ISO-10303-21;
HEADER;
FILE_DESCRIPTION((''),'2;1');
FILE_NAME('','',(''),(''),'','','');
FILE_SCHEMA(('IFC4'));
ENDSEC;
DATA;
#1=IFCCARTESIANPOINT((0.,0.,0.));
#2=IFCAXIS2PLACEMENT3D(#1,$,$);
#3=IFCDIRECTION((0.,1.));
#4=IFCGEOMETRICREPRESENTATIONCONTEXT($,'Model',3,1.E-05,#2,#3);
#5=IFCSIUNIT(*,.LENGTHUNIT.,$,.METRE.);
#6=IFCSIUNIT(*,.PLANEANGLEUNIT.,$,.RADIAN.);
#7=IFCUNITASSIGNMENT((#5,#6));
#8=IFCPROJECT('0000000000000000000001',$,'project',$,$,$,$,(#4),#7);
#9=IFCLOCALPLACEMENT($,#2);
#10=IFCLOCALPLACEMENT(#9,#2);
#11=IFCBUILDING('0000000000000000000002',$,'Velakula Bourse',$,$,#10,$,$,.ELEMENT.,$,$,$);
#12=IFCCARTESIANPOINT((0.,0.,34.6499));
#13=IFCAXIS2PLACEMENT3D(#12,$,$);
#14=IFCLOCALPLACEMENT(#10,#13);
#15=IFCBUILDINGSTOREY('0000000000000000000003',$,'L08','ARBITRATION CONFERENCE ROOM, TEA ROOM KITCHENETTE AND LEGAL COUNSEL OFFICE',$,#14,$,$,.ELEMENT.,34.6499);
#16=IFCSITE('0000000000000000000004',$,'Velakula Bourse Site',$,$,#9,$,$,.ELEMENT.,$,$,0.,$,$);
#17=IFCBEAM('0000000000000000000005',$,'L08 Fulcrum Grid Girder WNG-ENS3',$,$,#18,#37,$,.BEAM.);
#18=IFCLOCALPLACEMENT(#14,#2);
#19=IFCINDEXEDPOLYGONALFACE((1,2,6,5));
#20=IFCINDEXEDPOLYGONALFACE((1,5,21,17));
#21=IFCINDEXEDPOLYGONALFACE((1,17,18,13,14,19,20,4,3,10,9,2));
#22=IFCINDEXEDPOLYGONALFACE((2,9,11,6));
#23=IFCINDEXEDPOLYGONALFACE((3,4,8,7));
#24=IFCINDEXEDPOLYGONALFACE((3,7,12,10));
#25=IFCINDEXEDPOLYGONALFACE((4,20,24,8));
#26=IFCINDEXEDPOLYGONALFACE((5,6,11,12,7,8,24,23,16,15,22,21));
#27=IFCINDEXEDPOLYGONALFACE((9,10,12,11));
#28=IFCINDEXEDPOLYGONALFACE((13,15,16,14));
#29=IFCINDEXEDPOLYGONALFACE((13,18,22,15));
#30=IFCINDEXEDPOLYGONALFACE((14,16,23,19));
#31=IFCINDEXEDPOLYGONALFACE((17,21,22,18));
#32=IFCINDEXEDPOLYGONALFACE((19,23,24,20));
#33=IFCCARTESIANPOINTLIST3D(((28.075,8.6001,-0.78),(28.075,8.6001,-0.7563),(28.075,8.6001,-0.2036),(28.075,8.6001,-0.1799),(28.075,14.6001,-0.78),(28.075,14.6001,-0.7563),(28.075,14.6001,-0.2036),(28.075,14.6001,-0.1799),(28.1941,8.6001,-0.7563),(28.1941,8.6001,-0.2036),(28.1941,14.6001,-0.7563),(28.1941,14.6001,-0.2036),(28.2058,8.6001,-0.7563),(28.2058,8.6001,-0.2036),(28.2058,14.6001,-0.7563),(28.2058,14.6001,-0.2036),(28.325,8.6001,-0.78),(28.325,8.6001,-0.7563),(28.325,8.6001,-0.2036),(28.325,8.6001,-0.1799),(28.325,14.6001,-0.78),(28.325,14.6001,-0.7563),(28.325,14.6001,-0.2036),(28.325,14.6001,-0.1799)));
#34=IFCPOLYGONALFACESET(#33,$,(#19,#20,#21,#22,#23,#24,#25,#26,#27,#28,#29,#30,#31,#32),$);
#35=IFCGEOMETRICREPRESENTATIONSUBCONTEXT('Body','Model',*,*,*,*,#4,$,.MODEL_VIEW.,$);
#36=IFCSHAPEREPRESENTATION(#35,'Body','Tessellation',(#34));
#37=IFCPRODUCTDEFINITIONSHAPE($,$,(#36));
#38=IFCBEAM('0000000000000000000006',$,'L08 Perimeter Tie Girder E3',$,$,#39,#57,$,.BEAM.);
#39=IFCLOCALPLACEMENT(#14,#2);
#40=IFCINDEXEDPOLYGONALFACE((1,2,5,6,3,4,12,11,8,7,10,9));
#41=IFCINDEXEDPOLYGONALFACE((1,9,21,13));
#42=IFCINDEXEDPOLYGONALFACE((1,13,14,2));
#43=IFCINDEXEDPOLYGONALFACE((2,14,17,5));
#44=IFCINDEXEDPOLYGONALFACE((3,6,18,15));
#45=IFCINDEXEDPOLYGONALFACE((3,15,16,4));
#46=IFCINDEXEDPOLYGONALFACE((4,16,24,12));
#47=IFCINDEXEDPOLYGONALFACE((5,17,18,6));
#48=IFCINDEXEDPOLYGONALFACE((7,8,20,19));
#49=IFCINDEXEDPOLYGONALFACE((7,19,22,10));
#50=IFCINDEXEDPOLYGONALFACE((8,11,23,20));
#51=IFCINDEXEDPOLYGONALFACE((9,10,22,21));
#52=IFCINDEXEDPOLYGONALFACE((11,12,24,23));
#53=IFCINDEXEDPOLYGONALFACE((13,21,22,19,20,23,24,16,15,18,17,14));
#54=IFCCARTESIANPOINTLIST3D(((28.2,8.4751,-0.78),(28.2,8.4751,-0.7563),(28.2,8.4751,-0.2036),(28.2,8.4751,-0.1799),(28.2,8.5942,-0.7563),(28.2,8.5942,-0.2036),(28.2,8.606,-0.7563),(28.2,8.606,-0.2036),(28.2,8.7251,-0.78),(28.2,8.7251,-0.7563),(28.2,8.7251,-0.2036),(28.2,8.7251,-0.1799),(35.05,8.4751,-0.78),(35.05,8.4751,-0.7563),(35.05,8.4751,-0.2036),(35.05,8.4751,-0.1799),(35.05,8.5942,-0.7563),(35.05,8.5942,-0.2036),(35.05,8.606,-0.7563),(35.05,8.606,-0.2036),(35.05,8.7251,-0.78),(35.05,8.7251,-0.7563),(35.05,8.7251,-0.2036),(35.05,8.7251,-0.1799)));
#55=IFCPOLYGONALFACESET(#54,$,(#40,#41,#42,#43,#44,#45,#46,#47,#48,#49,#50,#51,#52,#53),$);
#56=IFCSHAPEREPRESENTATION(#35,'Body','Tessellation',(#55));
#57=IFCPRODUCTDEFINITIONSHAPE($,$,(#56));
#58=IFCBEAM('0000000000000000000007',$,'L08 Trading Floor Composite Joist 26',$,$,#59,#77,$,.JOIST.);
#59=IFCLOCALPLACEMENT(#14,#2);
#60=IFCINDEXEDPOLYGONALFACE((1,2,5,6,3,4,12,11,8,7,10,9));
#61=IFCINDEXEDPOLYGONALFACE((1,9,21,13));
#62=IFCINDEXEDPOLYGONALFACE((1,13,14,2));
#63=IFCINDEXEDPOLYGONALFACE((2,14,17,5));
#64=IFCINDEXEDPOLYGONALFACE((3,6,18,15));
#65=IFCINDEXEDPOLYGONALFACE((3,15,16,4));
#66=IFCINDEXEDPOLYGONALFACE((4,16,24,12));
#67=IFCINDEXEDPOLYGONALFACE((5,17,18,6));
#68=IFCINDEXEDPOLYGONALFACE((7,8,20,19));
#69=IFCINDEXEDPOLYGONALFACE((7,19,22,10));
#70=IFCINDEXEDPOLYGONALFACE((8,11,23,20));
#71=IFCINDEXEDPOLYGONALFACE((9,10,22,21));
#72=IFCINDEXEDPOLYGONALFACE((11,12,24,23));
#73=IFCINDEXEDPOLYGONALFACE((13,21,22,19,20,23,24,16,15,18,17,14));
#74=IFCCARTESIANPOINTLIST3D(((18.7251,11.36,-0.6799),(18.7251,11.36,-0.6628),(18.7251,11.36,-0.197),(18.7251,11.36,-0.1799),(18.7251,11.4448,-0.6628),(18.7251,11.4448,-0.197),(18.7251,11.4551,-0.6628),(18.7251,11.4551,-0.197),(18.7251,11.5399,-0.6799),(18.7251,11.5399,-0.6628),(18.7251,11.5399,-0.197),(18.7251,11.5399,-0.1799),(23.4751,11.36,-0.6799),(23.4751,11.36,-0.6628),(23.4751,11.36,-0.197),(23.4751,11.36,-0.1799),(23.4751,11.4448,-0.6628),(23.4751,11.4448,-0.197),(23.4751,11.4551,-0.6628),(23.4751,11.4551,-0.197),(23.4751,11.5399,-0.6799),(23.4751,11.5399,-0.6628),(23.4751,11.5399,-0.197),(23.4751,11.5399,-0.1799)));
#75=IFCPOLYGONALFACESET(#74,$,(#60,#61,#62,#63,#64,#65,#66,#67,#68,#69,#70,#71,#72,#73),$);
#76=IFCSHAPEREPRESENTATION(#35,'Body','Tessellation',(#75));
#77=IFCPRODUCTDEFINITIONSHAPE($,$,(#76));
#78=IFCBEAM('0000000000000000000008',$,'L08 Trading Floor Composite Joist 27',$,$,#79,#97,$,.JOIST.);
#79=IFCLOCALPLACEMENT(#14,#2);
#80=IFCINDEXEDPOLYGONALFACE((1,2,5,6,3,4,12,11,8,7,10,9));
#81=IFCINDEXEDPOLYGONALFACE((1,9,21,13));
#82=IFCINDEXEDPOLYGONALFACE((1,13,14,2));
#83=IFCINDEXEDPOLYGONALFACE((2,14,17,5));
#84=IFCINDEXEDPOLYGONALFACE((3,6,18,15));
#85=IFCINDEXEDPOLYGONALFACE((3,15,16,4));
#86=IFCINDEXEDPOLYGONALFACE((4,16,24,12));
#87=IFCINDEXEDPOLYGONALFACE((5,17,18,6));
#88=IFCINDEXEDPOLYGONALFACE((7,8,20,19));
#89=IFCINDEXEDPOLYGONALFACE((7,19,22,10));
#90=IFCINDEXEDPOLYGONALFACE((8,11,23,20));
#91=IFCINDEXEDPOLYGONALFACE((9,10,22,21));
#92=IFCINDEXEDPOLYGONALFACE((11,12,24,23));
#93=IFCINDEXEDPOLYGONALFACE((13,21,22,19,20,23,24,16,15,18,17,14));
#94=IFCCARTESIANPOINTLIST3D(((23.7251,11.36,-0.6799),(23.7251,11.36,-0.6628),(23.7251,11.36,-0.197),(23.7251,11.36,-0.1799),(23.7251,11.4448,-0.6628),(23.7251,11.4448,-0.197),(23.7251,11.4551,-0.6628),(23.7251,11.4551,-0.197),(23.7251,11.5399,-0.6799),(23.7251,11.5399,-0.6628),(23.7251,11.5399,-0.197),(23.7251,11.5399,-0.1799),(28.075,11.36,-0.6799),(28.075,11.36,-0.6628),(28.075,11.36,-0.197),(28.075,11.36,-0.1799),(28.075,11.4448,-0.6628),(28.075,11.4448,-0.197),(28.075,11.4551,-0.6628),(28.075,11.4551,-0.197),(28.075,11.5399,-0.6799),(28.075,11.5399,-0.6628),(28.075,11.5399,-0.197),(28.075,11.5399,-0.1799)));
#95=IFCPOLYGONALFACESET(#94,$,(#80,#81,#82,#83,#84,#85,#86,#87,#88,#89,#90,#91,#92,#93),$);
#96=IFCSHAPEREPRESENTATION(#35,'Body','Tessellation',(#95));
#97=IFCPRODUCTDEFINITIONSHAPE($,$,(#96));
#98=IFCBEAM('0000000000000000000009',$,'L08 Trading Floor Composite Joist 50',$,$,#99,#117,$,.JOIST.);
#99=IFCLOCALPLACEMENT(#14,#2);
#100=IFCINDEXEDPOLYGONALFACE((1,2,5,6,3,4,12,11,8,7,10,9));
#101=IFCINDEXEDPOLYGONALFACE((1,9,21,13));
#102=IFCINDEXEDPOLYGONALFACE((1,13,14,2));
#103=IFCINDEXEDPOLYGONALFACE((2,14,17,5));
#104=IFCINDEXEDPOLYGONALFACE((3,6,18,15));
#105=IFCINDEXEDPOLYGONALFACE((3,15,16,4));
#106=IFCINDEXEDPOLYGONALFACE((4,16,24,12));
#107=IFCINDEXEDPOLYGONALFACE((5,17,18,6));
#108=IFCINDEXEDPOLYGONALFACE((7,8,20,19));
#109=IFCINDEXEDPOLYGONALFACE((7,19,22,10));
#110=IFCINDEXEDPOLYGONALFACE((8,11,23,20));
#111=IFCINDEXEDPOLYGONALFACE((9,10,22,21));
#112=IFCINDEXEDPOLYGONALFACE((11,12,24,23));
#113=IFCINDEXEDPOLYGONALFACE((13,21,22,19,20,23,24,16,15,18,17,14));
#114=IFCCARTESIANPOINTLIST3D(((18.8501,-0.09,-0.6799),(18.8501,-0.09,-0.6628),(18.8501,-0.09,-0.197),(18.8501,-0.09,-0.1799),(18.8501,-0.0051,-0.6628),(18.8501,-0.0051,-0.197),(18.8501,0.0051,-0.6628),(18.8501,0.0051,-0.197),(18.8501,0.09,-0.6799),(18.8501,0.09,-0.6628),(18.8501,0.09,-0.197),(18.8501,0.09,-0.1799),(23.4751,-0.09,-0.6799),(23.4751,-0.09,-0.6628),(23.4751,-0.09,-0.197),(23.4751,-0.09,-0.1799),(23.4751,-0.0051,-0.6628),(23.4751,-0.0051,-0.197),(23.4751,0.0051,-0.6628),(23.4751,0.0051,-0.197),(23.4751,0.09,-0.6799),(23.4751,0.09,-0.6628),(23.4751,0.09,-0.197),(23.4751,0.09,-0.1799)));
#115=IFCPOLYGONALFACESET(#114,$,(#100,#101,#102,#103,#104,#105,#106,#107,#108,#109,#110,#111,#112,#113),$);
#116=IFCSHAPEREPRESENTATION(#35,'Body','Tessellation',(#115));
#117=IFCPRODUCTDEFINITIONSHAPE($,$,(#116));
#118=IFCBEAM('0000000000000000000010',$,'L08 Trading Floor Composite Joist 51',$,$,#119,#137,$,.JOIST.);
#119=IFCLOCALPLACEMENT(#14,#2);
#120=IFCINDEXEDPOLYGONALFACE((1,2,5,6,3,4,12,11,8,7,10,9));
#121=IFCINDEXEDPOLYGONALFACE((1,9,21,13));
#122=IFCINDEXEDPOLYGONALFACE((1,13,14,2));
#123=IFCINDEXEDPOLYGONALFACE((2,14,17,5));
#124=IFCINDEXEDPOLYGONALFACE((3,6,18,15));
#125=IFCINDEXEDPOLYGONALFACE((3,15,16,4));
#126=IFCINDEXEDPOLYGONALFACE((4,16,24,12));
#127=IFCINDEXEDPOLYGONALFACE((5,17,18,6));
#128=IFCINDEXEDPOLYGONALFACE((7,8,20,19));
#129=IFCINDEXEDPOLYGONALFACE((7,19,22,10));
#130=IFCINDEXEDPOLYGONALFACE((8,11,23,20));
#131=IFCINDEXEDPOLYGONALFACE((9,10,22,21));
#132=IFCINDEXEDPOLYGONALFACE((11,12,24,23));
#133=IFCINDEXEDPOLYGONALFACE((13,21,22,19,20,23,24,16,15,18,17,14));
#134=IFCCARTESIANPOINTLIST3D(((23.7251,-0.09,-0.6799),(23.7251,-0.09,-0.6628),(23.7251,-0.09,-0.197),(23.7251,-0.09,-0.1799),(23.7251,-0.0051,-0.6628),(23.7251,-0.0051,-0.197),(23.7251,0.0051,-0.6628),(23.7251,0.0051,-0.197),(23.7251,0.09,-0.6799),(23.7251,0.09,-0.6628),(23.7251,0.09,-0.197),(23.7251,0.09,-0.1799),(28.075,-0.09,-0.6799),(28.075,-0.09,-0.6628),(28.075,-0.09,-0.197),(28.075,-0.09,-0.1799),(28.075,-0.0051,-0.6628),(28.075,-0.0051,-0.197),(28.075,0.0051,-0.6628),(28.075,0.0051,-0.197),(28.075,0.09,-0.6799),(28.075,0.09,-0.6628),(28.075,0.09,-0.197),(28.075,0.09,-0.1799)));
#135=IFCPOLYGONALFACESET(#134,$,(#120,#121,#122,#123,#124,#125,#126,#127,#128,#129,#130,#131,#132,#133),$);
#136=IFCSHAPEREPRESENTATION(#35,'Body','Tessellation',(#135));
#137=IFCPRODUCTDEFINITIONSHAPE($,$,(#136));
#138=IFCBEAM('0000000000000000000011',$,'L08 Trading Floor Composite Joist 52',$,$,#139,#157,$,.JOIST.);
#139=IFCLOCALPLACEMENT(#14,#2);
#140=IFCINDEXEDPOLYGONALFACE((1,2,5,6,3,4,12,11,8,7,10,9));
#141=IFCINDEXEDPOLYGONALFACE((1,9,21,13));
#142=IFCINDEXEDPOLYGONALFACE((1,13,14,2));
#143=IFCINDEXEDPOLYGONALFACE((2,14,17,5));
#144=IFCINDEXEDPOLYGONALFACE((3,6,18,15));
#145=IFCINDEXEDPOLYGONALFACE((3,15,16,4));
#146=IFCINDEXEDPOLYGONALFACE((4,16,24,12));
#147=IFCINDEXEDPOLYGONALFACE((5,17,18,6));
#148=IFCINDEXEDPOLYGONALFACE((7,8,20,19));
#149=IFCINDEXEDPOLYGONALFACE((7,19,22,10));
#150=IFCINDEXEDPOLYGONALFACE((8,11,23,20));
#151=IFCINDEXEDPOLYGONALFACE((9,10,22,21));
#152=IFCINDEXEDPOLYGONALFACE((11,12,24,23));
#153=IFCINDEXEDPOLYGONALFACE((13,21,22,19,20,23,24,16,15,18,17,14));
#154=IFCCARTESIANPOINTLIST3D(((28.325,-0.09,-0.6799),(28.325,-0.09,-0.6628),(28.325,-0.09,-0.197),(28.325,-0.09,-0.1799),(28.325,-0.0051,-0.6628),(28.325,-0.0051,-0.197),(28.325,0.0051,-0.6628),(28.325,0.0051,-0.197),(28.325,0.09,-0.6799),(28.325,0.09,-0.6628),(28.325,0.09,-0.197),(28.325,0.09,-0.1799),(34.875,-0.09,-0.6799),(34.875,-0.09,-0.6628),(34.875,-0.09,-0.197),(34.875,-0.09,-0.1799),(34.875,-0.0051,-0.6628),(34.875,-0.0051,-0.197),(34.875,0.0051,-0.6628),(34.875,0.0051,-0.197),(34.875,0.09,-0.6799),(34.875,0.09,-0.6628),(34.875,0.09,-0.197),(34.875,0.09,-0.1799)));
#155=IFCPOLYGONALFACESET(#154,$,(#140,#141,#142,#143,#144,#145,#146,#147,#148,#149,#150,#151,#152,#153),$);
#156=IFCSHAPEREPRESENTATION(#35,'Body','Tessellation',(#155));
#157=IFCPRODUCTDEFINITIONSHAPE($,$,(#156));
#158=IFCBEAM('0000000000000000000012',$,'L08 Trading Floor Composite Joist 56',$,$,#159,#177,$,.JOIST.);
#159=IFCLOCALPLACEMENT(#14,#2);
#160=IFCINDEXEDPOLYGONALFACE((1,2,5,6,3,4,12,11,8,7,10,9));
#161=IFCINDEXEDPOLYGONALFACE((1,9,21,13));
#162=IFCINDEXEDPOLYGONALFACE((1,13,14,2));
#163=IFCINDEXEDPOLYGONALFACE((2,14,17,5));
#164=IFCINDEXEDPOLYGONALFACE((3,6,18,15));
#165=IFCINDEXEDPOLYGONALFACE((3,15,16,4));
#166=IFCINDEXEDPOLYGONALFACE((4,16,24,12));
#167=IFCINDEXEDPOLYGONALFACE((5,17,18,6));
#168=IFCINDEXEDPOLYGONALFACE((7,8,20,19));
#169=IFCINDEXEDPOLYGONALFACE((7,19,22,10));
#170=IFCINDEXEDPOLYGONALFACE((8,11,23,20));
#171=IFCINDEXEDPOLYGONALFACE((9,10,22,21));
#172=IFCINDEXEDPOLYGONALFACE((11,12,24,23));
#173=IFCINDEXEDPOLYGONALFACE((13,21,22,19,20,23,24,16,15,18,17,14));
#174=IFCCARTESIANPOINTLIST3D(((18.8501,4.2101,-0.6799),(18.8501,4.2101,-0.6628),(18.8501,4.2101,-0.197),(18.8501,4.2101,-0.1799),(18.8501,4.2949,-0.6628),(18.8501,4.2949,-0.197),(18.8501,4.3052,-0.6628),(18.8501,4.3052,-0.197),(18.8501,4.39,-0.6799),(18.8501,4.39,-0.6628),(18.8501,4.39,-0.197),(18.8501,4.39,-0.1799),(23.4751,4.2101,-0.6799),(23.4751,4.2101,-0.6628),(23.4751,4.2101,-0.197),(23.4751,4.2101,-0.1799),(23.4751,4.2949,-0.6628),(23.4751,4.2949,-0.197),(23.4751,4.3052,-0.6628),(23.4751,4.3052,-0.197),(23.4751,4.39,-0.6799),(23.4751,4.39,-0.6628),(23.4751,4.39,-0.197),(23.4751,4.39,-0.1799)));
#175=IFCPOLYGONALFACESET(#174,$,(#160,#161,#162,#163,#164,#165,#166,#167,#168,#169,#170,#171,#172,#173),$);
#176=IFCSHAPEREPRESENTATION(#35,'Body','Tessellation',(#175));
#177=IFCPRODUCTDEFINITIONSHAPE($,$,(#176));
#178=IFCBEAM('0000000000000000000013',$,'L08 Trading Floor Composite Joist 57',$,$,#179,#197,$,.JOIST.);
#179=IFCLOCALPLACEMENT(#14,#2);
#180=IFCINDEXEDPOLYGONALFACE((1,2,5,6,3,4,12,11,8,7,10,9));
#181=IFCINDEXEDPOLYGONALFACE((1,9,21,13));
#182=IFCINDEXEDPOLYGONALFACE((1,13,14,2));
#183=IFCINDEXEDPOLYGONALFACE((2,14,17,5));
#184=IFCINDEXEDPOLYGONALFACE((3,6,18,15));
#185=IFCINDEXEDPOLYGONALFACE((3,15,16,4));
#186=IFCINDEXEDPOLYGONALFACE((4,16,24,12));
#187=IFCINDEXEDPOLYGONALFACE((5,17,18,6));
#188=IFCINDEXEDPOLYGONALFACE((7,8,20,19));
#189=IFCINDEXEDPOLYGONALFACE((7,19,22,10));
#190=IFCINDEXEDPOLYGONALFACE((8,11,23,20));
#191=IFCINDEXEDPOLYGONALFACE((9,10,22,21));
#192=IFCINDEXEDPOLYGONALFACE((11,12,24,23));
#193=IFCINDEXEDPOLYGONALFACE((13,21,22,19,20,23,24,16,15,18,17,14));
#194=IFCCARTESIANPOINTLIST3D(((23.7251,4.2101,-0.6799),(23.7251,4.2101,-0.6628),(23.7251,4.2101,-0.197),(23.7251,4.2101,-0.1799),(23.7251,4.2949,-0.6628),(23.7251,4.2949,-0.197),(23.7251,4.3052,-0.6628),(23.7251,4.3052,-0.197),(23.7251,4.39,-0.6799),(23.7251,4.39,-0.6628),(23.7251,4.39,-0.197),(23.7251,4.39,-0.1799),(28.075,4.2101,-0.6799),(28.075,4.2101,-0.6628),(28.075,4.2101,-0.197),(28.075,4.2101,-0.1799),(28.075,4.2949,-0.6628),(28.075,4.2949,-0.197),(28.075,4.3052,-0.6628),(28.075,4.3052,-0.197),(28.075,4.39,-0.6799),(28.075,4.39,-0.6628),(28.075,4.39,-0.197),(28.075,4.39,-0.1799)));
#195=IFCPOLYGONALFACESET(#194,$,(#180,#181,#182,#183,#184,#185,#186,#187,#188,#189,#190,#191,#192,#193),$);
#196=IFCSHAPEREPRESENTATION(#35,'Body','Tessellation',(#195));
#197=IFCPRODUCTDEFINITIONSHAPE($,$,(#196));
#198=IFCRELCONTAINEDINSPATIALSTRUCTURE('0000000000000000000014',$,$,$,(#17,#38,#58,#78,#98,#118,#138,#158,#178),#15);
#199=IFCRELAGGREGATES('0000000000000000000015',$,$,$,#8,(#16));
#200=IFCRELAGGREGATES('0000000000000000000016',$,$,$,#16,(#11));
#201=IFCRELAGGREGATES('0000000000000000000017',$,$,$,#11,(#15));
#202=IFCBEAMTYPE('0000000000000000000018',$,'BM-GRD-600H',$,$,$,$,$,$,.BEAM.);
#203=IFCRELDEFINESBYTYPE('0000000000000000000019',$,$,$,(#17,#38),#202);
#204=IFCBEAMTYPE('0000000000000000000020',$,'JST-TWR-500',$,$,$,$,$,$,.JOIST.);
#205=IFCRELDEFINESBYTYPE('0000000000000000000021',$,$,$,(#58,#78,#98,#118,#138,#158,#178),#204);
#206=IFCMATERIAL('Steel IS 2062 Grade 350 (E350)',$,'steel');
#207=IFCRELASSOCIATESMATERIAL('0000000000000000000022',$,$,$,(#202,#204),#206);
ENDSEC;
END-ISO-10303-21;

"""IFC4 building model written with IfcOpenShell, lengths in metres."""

from ifc_helpers import new_model, si_unit, direction, frame, origin, origin_2d, place, context, subcontext, project, spatial, i_section, extrude, material, material_profile, profile_set, type_object, element, save


model = new_model("IFC4")

# Units and contexts
model_context = context("Model", 3, precision=1e-05, world=origin(), true_north=direction((0.0, 1.0)))
body_context = subcontext(model_context, "Body", "Model", "MODEL_VIEW")
ifc_project = project(units=[si_unit("LENGTHUNIT", "METRE"), si_unit("PLANEANGLEUNIT", "RADIAN")], contexts=[model_context])

# Site, building, storey
site_placement = place(None, origin())
site = spatial("IfcSite", under=ifc_project, at=site_placement, Name="Velakula Bourse Site", CompositionType="ELEMENT", RefElevation=0.0)
building_placement = place(site_placement, origin())
building = spatial("IfcBuilding", under=site, at=building_placement, Name="Velakula Bourse", CompositionType="ELEMENT")
storey_placement = place(building_placement, frame((0.0, 0.0, 34.6499)))
storey = spatial("IfcBuildingStorey", under=building, at=storey_placement, Name="L08", Description="ARBITRATION CONFERENCE ROOM, TEA ROOM KITCHENETTE AND LEGAL COUNSEL OFFICE", CompositionType="ELEMENT", Elevation=34.6499)

# Beams
ifc_material_1 = material(Name="Steel IS 2062 Grade 350 (E350)", Category="steel")
ifc_material_profile_1 = material_profile(ifc_material_1, i_section(OverallWidth=0.25, OverallDepth=0.6001, WebThickness=0.0117, FlangeThickness=0.0237, at=origin_2d()), Name="Steel IS 2062 Grade 350 (E350)")
ifc_profile_set_1 = profile_set([ifc_material_profile_1], Name="Steel IS 2062 Grade 350 (E350)")
beam_type_1 = type_object("IfcBeamType", Name="BM-GRD-600H", PredefinedType="BEAM", material=ifc_profile_set_1)
beam_1_placement = place(storey_placement, frame((28.2, 8.6001, -0.48), z_axis=(0.0, 1.0, 0.0), x_axis=(-1.0, 0.0, 0.0)))
element("IfcBeam", 1, at=beam_1_placement, inside=storey, type_object=beam_type_1, Name="L08 Fulcrum Grid Girder WNG-ENS3", PredefinedType="BEAM", context=body_context, shape_type="SweptSolid", body=[
    extrude(i_section(OverallWidth=0.25, OverallDepth=0.6001, WebThickness=0.0117, FlangeThickness=0.0237, at=origin_2d()), origin(), (0.0, 0.0, 1.0), 6.0),
])
beam_2_placement = place(storey_placement, frame((28.2, 8.6001, -0.48), z_axis=(1.0, 0.0, 0.0), x_axis=(0.0, 1.0, 0.0)))
element("IfcBeam", 2, at=beam_2_placement, inside=storey, type_object=beam_type_1, Name="L08 Perimeter Tie Girder E3", PredefinedType="BEAM", context=body_context, shape_type="SweptSolid", body=[
    extrude(i_section(OverallWidth=0.25, OverallDepth=0.6001, WebThickness=0.0117, FlangeThickness=0.0237, at=origin_2d()), origin(), (0.0, 0.0, 1.0), 6.8501),
])
ifc_material_profile_2 = material_profile(ifc_material_1, i_section(OverallWidth=0.1799, OverallDepth=0.5, WebThickness=0.0103, FlangeThickness=0.0171, at=origin_2d()), Name="Steel IS 2062 Grade 350 (E350)")
ifc_profile_set_2 = profile_set([ifc_material_profile_2], Name="Steel IS 2062 Grade 350 (E350)")
beam_type_2 = type_object("IfcBeamType", Name="JST-TWR-500", PredefinedType="JOIST", material=ifc_profile_set_2)
beam_3_placement = place(storey_placement, frame((18.7251, 11.45, -0.4299), z_axis=(1.0, 0.0, 0.0), x_axis=(0.0, 1.0, 0.0)))
element("IfcBeam", 3, at=beam_3_placement, inside=storey, type_object=beam_type_2, Name="L08 Trading Floor Composite Joist 26", PredefinedType="JOIST", context=body_context, shape_type="SweptSolid", body=[
    extrude(i_section(OverallWidth=0.1799, OverallDepth=0.5, WebThickness=0.0103, FlangeThickness=0.0171, at=origin_2d()), origin(), (0.0, 0.0, 1.0), 4.75),
])
beam_4_placement = place(storey_placement, frame((23.7251, 11.45, -0.4299), z_axis=(1.0, 0.0, 0.0), x_axis=(0.0, 1.0, 0.0)))
element("IfcBeam", 4, at=beam_4_placement, inside=storey, type_object=beam_type_2, Name="L08 Trading Floor Composite Joist 27", PredefinedType="JOIST", context=body_context, shape_type="SweptSolid", body=[
    extrude(i_section(OverallWidth=0.1799, OverallDepth=0.5, WebThickness=0.0103, FlangeThickness=0.0171, at=origin_2d()), origin(), (0.0, 0.0, 1.0), 4.3499),
])
beam_5_placement = place(storey_placement, frame((18.8501, 0.0, -0.4299), z_axis=(1.0, 0.0, 0.0), x_axis=(0.0, 1.0, 0.0)))
element("IfcBeam", 5, at=beam_5_placement, inside=storey, type_object=beam_type_2, Name="L08 Trading Floor Composite Joist 50", PredefinedType="JOIST", context=body_context, shape_type="SweptSolid", body=[
    extrude(i_section(OverallWidth=0.1799, OverallDepth=0.5, WebThickness=0.0103, FlangeThickness=0.0171, at=origin_2d()), origin(), (0.0, 0.0, 1.0), 4.625),
])
beam_6_placement = place(storey_placement, frame((23.7251, 0.0, -0.4299), z_axis=(1.0, 0.0, 0.0), x_axis=(0.0, 1.0, 0.0)))
element("IfcBeam", 6, at=beam_6_placement, inside=storey, type_object=beam_type_2, Name="L08 Trading Floor Composite Joist 51", PredefinedType="JOIST", context=body_context, shape_type="SweptSolid", body=[
    extrude(i_section(OverallWidth=0.1799, OverallDepth=0.5, WebThickness=0.0103, FlangeThickness=0.0171, at=origin_2d()), origin(), (0.0, 0.0, 1.0), 4.3499),
])
beam_7_placement = place(storey_placement, frame((28.325, 0.0, -0.4299), z_axis=(1.0, 0.0, 0.0), x_axis=(0.0, 1.0, 0.0)))
element("IfcBeam", 7, at=beam_7_placement, inside=storey, type_object=beam_type_2, Name="L08 Trading Floor Composite Joist 52", PredefinedType="JOIST", context=body_context, shape_type="SweptSolid", body=[
    extrude(i_section(OverallWidth=0.1799, OverallDepth=0.5, WebThickness=0.0103, FlangeThickness=0.0171, at=origin_2d()), origin(), (0.0, 0.0, 1.0), 6.55),
])
beam_8_placement = place(storey_placement, frame((18.8501, 4.3, -0.4299), z_axis=(1.0, 0.0, 0.0), x_axis=(0.0, 1.0, 0.0)))
element("IfcBeam", 8, at=beam_8_placement, inside=storey, type_object=beam_type_2, Name="L08 Trading Floor Composite Joist 56", PredefinedType="JOIST", context=body_context, shape_type="SweptSolid", body=[
    extrude(i_section(OverallWidth=0.1799, OverallDepth=0.5, WebThickness=0.0103, FlangeThickness=0.0171, at=origin_2d()), origin(), (0.0, 0.0, 1.0), 4.625),
])
beam_9_placement = place(storey_placement, frame((23.7251, 4.3, -0.4299), z_axis=(1.0, 0.0, 0.0), x_axis=(0.0, 1.0, 0.0)))
element("IfcBeam", 9, at=beam_9_placement, inside=storey, type_object=beam_type_2, Name="L08 Trading Floor Composite Joist 57", PredefinedType="JOIST", context=body_context, shape_type="SweptSolid", body=[
    extrude(i_section(OverallWidth=0.1799, OverallDepth=0.5, WebThickness=0.0103, FlangeThickness=0.0171, at=origin_2d()), origin(), (0.0, 0.0, 1.0), 4.3499),
])

save(model, "model.ifc")
